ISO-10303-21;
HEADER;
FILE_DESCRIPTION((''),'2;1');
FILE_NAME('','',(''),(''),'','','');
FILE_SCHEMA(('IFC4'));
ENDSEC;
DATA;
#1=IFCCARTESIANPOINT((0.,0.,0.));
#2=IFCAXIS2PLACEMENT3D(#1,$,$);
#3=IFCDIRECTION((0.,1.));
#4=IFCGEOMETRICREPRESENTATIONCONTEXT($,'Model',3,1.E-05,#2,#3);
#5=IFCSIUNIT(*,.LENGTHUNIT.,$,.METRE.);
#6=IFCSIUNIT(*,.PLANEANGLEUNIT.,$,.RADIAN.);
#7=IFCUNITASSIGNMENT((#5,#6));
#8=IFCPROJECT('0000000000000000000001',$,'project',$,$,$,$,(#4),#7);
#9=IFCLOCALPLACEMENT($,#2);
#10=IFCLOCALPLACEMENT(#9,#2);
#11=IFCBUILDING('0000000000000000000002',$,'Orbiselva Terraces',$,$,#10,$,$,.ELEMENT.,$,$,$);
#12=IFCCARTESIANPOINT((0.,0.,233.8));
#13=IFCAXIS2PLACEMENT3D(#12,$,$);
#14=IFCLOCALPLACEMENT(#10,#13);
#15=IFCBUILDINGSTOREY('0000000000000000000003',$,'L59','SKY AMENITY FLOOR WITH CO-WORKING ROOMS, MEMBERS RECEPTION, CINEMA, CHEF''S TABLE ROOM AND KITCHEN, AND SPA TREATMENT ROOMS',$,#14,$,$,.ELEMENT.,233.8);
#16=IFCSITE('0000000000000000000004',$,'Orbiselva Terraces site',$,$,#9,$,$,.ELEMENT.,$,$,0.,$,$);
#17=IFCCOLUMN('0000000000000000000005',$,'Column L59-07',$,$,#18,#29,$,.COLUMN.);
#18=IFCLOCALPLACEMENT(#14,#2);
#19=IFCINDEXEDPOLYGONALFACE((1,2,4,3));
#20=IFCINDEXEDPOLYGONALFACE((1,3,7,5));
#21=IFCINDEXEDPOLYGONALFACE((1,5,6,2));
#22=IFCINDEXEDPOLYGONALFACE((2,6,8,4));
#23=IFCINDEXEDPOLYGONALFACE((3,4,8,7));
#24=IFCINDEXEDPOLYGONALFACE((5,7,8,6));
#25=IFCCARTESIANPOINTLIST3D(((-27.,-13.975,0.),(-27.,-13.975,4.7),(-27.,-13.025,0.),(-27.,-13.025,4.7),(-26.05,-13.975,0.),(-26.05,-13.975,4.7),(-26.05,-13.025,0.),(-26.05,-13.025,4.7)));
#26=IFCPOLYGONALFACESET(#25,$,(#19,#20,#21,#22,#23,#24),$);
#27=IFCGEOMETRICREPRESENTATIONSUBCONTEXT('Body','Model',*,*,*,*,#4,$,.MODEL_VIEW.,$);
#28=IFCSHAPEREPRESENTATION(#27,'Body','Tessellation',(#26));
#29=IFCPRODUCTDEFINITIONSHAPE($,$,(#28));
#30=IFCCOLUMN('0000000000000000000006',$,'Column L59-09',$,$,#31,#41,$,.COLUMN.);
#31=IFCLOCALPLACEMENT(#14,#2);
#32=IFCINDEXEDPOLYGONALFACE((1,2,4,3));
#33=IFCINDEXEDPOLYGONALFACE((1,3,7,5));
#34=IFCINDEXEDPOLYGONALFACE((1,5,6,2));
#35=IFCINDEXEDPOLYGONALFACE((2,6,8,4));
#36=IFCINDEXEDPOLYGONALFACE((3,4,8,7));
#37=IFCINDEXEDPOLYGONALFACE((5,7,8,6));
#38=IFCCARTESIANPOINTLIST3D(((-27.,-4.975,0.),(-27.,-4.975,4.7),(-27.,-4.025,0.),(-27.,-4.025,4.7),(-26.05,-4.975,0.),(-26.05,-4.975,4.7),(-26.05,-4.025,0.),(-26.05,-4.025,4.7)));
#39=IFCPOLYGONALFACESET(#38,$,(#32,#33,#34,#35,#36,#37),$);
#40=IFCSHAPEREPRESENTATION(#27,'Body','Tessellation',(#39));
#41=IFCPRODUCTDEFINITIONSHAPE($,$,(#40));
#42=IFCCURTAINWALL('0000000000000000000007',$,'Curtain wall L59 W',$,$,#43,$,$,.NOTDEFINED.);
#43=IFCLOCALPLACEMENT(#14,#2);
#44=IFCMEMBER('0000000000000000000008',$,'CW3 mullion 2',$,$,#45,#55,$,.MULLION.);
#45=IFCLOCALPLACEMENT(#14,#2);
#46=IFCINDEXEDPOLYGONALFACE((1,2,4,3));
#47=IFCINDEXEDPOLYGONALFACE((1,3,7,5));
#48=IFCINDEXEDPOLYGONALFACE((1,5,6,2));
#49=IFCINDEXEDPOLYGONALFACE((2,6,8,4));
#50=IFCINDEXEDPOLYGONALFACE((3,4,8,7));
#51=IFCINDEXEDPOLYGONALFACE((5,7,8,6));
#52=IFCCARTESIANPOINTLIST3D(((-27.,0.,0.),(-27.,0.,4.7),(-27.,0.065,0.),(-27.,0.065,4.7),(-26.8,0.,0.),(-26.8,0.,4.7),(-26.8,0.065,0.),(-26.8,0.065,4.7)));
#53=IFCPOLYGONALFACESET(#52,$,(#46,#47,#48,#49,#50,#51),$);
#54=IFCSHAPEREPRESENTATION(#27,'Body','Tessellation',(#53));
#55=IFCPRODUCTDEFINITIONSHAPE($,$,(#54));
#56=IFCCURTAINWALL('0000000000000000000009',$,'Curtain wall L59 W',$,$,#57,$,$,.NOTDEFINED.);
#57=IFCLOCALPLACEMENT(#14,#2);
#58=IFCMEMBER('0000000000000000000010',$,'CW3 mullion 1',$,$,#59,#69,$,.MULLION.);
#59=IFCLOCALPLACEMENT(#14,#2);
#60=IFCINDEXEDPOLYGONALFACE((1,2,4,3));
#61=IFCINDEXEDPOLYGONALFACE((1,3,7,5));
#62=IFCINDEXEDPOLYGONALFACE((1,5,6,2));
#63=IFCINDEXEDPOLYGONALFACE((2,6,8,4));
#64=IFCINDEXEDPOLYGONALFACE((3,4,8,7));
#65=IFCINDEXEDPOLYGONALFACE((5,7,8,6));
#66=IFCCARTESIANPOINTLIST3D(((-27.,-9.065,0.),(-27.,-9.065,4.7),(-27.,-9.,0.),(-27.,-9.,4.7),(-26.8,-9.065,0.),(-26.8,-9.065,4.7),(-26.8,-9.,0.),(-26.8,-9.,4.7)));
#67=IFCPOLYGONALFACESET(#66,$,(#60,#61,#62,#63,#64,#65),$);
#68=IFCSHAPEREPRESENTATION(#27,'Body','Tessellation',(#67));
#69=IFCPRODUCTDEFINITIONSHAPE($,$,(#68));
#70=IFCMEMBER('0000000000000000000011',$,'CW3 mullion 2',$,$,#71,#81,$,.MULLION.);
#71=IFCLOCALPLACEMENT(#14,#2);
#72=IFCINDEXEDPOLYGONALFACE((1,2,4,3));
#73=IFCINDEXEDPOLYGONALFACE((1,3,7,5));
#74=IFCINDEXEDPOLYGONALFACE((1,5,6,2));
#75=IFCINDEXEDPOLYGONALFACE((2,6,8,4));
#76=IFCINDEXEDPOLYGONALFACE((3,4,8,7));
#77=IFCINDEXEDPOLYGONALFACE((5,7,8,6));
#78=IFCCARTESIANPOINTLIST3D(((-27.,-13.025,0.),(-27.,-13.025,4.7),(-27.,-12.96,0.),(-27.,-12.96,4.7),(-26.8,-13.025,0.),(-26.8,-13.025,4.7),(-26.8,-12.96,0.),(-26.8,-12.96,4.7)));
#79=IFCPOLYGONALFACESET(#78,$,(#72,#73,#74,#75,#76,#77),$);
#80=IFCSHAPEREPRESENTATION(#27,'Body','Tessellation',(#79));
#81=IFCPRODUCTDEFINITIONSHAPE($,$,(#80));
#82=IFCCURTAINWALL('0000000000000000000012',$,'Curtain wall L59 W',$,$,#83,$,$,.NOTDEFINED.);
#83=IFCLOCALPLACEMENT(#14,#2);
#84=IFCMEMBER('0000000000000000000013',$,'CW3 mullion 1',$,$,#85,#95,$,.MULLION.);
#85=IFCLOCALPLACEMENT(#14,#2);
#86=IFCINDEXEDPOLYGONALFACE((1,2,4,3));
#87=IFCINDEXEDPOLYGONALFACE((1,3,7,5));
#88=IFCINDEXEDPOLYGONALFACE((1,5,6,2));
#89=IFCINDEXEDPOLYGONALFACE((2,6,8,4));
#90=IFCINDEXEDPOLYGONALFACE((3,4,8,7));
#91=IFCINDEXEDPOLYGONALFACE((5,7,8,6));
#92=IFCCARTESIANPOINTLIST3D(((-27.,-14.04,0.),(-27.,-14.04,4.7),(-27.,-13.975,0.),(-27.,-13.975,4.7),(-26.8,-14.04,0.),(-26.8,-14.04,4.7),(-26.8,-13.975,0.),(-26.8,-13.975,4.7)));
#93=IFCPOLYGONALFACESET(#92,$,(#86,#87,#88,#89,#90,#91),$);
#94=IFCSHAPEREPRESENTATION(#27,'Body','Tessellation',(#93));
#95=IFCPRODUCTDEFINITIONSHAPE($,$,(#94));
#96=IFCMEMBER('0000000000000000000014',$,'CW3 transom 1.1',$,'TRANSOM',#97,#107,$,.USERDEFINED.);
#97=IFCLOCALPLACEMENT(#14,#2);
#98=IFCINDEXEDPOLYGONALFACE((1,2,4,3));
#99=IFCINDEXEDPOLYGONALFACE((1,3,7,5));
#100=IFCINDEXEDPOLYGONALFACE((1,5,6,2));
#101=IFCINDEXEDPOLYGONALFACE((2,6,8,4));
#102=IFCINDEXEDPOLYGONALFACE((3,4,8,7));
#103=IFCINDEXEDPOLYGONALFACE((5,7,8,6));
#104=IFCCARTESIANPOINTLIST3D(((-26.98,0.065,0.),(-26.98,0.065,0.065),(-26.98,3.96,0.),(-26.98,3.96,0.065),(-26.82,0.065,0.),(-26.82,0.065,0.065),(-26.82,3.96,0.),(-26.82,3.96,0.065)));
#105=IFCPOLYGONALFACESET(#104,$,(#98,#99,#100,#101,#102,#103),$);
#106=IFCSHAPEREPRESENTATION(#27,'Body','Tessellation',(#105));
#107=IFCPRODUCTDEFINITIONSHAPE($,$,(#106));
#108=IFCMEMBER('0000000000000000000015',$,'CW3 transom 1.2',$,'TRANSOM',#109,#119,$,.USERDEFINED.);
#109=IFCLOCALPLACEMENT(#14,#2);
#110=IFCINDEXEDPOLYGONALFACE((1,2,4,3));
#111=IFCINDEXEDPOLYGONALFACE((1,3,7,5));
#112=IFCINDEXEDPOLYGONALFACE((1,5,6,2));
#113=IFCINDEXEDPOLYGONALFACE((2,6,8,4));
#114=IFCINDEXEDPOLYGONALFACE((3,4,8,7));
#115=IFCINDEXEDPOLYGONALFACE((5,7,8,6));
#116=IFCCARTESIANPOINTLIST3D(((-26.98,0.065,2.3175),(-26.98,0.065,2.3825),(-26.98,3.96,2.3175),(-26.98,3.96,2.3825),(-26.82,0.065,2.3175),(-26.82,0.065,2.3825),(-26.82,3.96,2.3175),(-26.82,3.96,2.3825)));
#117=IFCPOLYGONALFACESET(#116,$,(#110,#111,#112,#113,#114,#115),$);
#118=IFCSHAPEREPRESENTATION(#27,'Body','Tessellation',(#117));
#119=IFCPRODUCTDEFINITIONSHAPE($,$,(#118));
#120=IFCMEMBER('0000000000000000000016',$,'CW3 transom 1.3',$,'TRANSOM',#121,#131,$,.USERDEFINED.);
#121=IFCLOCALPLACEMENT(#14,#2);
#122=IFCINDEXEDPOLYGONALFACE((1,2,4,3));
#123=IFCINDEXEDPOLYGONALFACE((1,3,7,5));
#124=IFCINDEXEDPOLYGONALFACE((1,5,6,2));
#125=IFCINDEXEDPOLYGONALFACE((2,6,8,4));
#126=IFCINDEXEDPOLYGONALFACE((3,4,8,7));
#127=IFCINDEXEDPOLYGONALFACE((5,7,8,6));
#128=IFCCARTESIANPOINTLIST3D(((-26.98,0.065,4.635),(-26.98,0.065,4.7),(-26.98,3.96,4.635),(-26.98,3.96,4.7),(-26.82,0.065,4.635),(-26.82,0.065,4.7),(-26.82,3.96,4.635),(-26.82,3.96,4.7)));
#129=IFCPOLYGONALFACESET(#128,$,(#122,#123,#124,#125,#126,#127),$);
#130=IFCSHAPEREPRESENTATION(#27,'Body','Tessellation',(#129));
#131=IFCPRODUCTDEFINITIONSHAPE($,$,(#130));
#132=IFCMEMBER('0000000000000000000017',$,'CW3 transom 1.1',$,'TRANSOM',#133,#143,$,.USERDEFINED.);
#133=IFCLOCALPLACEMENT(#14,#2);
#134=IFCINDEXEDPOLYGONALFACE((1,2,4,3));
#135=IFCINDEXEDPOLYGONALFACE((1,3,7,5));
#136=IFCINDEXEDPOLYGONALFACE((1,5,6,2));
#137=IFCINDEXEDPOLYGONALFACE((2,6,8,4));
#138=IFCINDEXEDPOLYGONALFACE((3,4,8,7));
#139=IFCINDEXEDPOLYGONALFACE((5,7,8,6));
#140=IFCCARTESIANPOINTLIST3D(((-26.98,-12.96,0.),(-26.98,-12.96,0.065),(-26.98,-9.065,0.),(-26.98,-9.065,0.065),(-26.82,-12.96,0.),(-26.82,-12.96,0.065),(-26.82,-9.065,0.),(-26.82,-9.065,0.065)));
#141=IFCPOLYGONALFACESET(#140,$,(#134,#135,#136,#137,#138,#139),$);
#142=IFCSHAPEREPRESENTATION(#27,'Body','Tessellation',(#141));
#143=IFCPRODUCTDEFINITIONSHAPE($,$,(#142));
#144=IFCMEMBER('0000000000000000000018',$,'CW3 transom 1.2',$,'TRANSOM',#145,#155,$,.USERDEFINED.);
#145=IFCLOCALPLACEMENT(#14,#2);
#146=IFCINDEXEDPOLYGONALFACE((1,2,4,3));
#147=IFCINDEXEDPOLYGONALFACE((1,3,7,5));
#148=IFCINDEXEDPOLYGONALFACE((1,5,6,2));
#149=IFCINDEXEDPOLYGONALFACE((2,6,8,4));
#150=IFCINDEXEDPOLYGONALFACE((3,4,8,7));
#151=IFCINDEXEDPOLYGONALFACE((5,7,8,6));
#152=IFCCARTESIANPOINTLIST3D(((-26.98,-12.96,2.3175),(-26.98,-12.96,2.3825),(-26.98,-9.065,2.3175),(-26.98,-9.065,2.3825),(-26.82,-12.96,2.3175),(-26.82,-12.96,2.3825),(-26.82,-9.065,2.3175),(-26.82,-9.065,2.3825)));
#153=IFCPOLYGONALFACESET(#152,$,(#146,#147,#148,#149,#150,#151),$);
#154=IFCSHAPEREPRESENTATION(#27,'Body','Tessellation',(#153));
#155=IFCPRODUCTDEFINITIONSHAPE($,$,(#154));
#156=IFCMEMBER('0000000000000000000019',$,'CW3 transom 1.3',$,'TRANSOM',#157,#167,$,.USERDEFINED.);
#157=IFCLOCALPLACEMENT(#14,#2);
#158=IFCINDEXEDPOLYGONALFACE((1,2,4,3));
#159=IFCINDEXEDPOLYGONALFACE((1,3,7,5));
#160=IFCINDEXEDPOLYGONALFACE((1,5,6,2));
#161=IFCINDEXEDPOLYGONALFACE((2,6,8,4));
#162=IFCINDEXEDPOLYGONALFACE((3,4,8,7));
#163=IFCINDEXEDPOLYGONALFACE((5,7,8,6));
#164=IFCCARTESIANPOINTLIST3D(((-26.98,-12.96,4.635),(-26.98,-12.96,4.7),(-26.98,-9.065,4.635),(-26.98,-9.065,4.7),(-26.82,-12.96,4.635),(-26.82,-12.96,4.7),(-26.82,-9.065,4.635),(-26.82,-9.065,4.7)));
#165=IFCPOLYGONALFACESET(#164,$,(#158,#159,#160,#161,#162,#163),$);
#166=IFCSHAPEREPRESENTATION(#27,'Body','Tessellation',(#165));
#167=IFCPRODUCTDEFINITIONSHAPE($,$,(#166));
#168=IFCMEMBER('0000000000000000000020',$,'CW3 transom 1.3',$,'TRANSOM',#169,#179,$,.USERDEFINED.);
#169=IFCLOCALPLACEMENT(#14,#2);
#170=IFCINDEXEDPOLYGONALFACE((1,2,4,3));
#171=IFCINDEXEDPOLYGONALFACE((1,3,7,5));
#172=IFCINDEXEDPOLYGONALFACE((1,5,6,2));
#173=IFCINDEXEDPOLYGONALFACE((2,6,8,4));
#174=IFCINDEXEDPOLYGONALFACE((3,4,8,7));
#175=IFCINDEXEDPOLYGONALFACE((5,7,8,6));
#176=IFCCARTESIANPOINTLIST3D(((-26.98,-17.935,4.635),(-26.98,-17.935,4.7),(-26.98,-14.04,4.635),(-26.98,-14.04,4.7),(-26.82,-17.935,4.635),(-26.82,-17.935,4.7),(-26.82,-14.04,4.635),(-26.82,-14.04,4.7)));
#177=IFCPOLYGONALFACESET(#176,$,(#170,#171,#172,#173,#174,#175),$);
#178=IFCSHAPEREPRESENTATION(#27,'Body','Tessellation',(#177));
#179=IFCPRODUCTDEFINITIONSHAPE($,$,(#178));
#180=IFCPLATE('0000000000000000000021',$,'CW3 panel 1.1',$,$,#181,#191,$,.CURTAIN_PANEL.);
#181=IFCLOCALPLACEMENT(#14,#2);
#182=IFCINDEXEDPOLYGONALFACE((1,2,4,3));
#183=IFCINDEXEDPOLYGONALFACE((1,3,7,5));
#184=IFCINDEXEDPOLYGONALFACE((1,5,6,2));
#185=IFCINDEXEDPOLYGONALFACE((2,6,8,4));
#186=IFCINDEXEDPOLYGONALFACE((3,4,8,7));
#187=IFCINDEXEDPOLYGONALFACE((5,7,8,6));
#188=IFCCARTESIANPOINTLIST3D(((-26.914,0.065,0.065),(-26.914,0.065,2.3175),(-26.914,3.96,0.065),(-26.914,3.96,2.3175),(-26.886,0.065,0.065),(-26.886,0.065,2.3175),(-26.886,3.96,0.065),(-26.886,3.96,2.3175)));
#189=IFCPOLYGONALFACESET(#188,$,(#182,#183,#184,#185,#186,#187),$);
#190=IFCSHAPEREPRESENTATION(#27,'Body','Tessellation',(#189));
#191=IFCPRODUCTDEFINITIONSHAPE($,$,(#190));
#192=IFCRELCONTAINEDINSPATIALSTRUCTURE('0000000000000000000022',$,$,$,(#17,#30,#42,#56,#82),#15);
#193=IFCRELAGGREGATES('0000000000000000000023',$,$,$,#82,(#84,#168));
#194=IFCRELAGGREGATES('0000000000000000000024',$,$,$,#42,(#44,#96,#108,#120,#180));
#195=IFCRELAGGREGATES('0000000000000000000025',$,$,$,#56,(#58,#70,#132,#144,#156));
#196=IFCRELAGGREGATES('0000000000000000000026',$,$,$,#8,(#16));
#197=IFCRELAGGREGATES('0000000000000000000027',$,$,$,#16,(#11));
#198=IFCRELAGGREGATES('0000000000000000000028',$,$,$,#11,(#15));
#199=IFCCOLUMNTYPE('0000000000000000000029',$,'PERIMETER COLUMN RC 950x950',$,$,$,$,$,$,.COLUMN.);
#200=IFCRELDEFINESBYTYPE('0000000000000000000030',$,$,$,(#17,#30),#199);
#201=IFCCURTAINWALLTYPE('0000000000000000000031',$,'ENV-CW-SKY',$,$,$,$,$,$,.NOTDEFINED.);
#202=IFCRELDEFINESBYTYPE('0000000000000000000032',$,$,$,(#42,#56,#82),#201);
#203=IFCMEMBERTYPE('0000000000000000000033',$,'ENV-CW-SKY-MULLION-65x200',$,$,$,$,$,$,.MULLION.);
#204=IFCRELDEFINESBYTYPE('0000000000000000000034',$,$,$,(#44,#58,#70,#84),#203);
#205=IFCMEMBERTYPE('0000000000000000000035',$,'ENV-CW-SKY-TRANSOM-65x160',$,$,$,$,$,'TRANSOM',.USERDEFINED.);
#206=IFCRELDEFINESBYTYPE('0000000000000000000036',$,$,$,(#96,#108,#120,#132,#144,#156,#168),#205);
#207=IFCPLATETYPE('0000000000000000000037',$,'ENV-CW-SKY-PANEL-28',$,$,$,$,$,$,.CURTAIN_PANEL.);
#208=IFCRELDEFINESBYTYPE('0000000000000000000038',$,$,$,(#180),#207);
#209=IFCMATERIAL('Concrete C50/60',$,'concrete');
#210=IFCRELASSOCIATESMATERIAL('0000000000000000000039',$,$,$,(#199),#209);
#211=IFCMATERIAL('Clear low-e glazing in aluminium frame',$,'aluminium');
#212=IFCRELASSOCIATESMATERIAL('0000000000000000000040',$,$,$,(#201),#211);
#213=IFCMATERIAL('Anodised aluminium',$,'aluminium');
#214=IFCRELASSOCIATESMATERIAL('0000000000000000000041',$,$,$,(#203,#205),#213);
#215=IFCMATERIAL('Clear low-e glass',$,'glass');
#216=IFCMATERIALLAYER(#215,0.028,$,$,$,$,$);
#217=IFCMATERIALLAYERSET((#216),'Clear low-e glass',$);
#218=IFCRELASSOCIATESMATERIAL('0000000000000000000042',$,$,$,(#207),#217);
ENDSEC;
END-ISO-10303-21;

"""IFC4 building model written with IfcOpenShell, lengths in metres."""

from ifc_helpers import new_model, si_unit, direction, frame, origin, origin_2d, place, context, subcontext, project, spatial, rectangle, extrude, material, layer, layer_set, material_profile, profile_set, type_object, element, aggregate, save


model = new_model("IFC4")

# Units and contexts
model_context = context("Model", 3, precision=1e-05, world=origin(), true_north=direction((0.0, 1.0)))
body_context = subcontext(model_context, "Body", "Model", "MODEL_VIEW")
ifc_project = project(units=[si_unit("LENGTHUNIT", "METRE"), si_unit("PLANEANGLEUNIT", "RADIAN")], contexts=[model_context])

# Site, building, storey
site_placement = place(None, origin())
site = spatial("IfcSite", under=ifc_project, at=site_placement, Name="Orbiselva Terraces site", CompositionType="ELEMENT", RefElevation=0.0)
building_placement = place(site_placement, origin())
building = spatial("IfcBuilding", under=site, at=building_placement, Name="Orbiselva Terraces", CompositionType="ELEMENT")
storey_placement = place(building_placement, frame((0.0, 0.0, 233.8)))
storey = spatial("IfcBuildingStorey", under=building, at=storey_placement, Name="L59", Description="SKY AMENITY FLOOR WITH CO-WORKING ROOMS, MEMBERS RECEPTION, CINEMA, CHEF'S TABLE ROOM AND KITCHEN, AND SPA TREATMENT ROOMS", CompositionType="ELEMENT", Elevation=233.8)

# Columns
ifc_material_1 = material(Name="Concrete C50/60", Category="concrete")
ifc_material_profile_1 = material_profile(ifc_material_1, rectangle(XDim=0.95, YDim=0.95, at=origin_2d()), Name="RC 950x950")
ifc_profile_set_1 = profile_set([ifc_material_profile_1], Name="Concrete C50/60")
column_type = type_object("IfcColumnType", Name="PERIMETER COLUMN RC 950x950", PredefinedType="COLUMN", material=ifc_profile_set_1)
for number, where, z_axis, x_axis, name in (
    (1, (-26.525, -13.5, 0.0), (0.0, 0.0, 1.0), (1.0, 0.0, 0.0), "Column L59-07"),
    (2, (-26.525, -4.5, 0.0), (0.0, 0.0, 1.0), (1.0, 0.0, 0.0), "Column L59-09"),
):
    element("IfcColumn", number, at=place(storey_placement, frame(where, z_axis=z_axis, x_axis=x_axis)), inside=storey, type_object=column_type, Name=name, PredefinedType="COLUMN", context=body_context, shape_type="SweptSolid", body=[
        extrude(rectangle(XDim=0.95, YDim=0.95, at=origin_2d()), origin(), (0.0, 0.0, 1.0), 4.7),
    ])

# Curtain wall, member
ifc_material_2 = material(Name="Clear low-e glazing in aluminium frame", Category="aluminium")
curtain_wall_type = type_object("IfcCurtainWallType", Name="ENV-CW-SKY", PredefinedType="NOTDEFINED", material=ifc_material_2)
curtain_wall_1_placement = place(storey_placement, origin())
curtain_wall_1 = element("IfcCurtainWall", 3, at=curtain_wall_1_placement, inside=storey, type_object=curtain_wall_type, Name="Curtain wall L59 W", PredefinedType="NOTDEFINED")
ifc_material_3 = material(Name="Anodised aluminium", Category="aluminium")
ifc_material_profile_2 = material_profile(ifc_material_3, rectangle(XDim=0.2, YDim=0.065, at=origin_2d()), Name="AL 65x200")
ifc_profile_set_2 = profile_set([ifc_material_profile_2], Name="Anodised aluminium")
member_type_1 = type_object("IfcMemberType", Name="ENV-CW-SKY-MULLION-65x200", PredefinedType="MULLION", material=ifc_profile_set_2)
member_1_placement = place(storey_placement, frame((-26.9, 0.0325, 0.0), z_axis=(0.0, 0.0, 1.0), x_axis=(1.0, 0.0, 0.0)))
member_1 = element("IfcMember", 4, at=member_1_placement, type_object=member_type_1, Name="CW3 mullion 2", PredefinedType="MULLION", context=body_context, shape_type="SweptSolid", body=[
    extrude(rectangle(XDim=0.2, YDim=0.065, at=origin_2d()), origin(), (0.0, 0.0, 1.0), 4.7),
])

# Curtain wall, members
curtain_wall_2_placement = place(storey_placement, origin())
curtain_wall_2 = element("IfcCurtainWall", 5, at=curtain_wall_2_placement, inside=storey, type_object=curtain_wall_type, Name="Curtain wall L59 W", PredefinedType="NOTDEFINED")
member_2_placement = place(storey_placement, frame((-26.9, -9.0325, 0.0), z_axis=(0.0, 0.0, 1.0), x_axis=(1.0, 0.0, 0.0)))
member_2 = element("IfcMember", 6, at=member_2_placement, type_object=member_type_1, Name="CW3 mullion 1", PredefinedType="MULLION", context=body_context, shape_type="SweptSolid", body=[
    extrude(rectangle(XDim=0.2, YDim=0.065, at=origin_2d()), origin(), (0.0, 0.0, 1.0), 4.7),
])
member_3_placement = place(storey_placement, frame((-26.9, -12.9925, 0.0), z_axis=(0.0, 0.0, 1.0), x_axis=(1.0, 0.0, 0.0)))
member_3 = element("IfcMember", 7, at=member_3_placement, type_object=member_type_1, Name="CW3 mullion 2", PredefinedType="MULLION", context=body_context, shape_type="SweptSolid", body=[
    extrude(rectangle(XDim=0.2, YDim=0.065, at=origin_2d()), origin(), (0.0, 0.0, 1.0), 4.7),
])

# Curtain wall, member
curtain_wall_3_placement = place(storey_placement, origin())
curtain_wall_3 = element("IfcCurtainWall", 8, at=curtain_wall_3_placement, inside=storey, type_object=curtain_wall_type, Name="Curtain wall L59 W", PredefinedType="NOTDEFINED")
member_4_placement = place(storey_placement, frame((-26.9, -14.0075, 0.0), z_axis=(0.0, 0.0, 1.0), x_axis=(1.0, 0.0, 0.0)))
member_4 = element("IfcMember", 9, at=member_4_placement, type_object=member_type_1, Name="CW3 mullion 1", PredefinedType="MULLION", context=body_context, shape_type="SweptSolid", body=[
    extrude(rectangle(XDim=0.2, YDim=0.065, at=origin_2d()), origin(), (0.0, 0.0, 1.0), 4.7),
])

# Members
ifc_material_profile_3 = material_profile(ifc_material_3, rectangle(XDim=0.16, YDim=0.065, at=origin_2d()), Name="AL 65x160")
ifc_profile_set_3 = profile_set([ifc_material_profile_3], Name="Anodised aluminium")
member_type_2 = type_object("IfcMemberType", Name="ENV-CW-SKY-TRANSOM-65x160", ElementType="TRANSOM", PredefinedType="USERDEFINED", material=ifc_profile_set_3)
member_5_placement = place(storey_placement, frame((-26.9, 3.96, 0.0325), z_axis=(0.0, -1.0, 0.0), x_axis=(1.0, 0.0, 0.0)))
member_5 = element("IfcMember", 10, at=member_5_placement, type_object=member_type_2, Name="CW3 transom 1.1", ObjectType="TRANSOM", PredefinedType="USERDEFINED", context=body_context, shape_type="SweptSolid", body=[
    extrude(rectangle(XDim=0.16, YDim=0.065, at=origin_2d()), origin(), (0.0, 0.0, 1.0), 3.895),
])
member_6_placement = place(storey_placement, frame((-26.9, 3.96, 2.35), z_axis=(0.0, -1.0, 0.0), x_axis=(1.0, 0.0, 0.0)))
member_6 = element("IfcMember", 11, at=member_6_placement, type_object=member_type_2, Name="CW3 transom 1.2", ObjectType="TRANSOM", PredefinedType="USERDEFINED", context=body_context, shape_type="SweptSolid", body=[
    extrude(rectangle(XDim=0.16, YDim=0.065, at=origin_2d()), origin(), (0.0, 0.0, 1.0), 3.895),
])
member_7_placement = place(storey_placement, frame((-26.9, 3.96, 4.6675), z_axis=(0.0, -1.0, 0.0), x_axis=(1.0, 0.0, 0.0)))
member_7 = element("IfcMember", 12, at=member_7_placement, type_object=member_type_2, Name="CW3 transom 1.3", ObjectType="TRANSOM", PredefinedType="USERDEFINED", context=body_context, shape_type="SweptSolid", body=[
    extrude(rectangle(XDim=0.16, YDim=0.065, at=origin_2d()), origin(), (0.0, 0.0, 1.0), 3.895),
])
member_8_placement = place(storey_placement, frame((-26.9, -9.065, 0.0325), z_axis=(0.0, -1.0, 0.0), x_axis=(1.0, 0.0, 0.0)))
member_8 = element("IfcMember", 13, at=member_8_placement, type_object=member_type_2, Name="CW3 transom 1.1", ObjectType="TRANSOM", PredefinedType="USERDEFINED", context=body_context, shape_type="SweptSolid", body=[
    extrude(rectangle(XDim=0.16, YDim=0.065, at=origin_2d()), origin(), (0.0, 0.0, 1.0), 3.895),
])
member_9_placement = place(storey_placement, frame((-26.9, -9.065, 2.35), z_axis=(0.0, -1.0, 0.0), x_axis=(1.0, 0.0, 0.0)))
member_9 = element("IfcMember", 14, at=member_9_placement, type_object=member_type_2, Name="CW3 transom 1.2", ObjectType="TRANSOM", PredefinedType="USERDEFINED", context=body_context, shape_type="SweptSolid", body=[
    extrude(rectangle(XDim=0.16, YDim=0.065, at=origin_2d()), origin(), (0.0, 0.0, 1.0), 3.895),
])
member_10_placement = place(storey_placement, frame((-26.9, -9.065, 4.6675), z_axis=(0.0, -1.0, 0.0), x_axis=(1.0, 0.0, 0.0)))
member_10 = element("IfcMember", 15, at=member_10_placement, type_object=member_type_2, Name="CW3 transom 1.3", ObjectType="TRANSOM", PredefinedType="USERDEFINED", context=body_context, shape_type="SweptSolid", body=[
    extrude(rectangle(XDim=0.16, YDim=0.065, at=origin_2d()), origin(), (0.0, 0.0, 1.0), 3.895),
])
member_11_placement = place(storey_placement, frame((-26.9, -14.04, 4.6675), z_axis=(0.0, -1.0, 0.0), x_axis=(1.0, 0.0, 0.0)))
member_11 = element("IfcMember", 16, at=member_11_placement, type_object=member_type_2, Name="CW3 transom 1.3", ObjectType="TRANSOM", PredefinedType="USERDEFINED", context=body_context, shape_type="SweptSolid", body=[
    extrude(rectangle(XDim=0.16, YDim=0.065, at=origin_2d()), origin(), (0.0, 0.0, 1.0), 3.895),
])
aggregate(curtain_wall_3, [member_4, member_11])

# Plate
ifc_material_4 = material(Name="Clear low-e glass", Category="glass")
ifc_layer_1 = layer(ifc_material_4, 0.028)
ifc_layer_set_1 = layer_set([ifc_layer_1], Name="Clear low-e glass")
plate_type = type_object("IfcPlateType", Name="ENV-CW-SKY-PANEL-28", PredefinedType="CURTAIN_PANEL", material=ifc_layer_set_1)
plate_1_placement = place(storey_placement, frame((-26.9, 2.0125, 0.065), z_axis=(0.0, 0.0, 1.0), x_axis=(0.0, -1.0, 0.0)))
plate_1 = element("IfcPlate", 17, at=plate_1_placement, type_object=plate_type, Name="CW3 panel 1.1", PredefinedType="CURTAIN_PANEL", context=body_context, shape_type="SweptSolid", body=[
    extrude(rectangle(XDim=3.895, YDim=0.028, at=origin_2d()), origin(), (0.0, 0.0, 1.0), 2.2525),
])
aggregate(curtain_wall_1, [member_1, member_5, member_6, member_7, plate_1])
aggregate(curtain_wall_2, [member_2, member_3, member_8, member_9, member_10])

save(model, "model.ifc")
